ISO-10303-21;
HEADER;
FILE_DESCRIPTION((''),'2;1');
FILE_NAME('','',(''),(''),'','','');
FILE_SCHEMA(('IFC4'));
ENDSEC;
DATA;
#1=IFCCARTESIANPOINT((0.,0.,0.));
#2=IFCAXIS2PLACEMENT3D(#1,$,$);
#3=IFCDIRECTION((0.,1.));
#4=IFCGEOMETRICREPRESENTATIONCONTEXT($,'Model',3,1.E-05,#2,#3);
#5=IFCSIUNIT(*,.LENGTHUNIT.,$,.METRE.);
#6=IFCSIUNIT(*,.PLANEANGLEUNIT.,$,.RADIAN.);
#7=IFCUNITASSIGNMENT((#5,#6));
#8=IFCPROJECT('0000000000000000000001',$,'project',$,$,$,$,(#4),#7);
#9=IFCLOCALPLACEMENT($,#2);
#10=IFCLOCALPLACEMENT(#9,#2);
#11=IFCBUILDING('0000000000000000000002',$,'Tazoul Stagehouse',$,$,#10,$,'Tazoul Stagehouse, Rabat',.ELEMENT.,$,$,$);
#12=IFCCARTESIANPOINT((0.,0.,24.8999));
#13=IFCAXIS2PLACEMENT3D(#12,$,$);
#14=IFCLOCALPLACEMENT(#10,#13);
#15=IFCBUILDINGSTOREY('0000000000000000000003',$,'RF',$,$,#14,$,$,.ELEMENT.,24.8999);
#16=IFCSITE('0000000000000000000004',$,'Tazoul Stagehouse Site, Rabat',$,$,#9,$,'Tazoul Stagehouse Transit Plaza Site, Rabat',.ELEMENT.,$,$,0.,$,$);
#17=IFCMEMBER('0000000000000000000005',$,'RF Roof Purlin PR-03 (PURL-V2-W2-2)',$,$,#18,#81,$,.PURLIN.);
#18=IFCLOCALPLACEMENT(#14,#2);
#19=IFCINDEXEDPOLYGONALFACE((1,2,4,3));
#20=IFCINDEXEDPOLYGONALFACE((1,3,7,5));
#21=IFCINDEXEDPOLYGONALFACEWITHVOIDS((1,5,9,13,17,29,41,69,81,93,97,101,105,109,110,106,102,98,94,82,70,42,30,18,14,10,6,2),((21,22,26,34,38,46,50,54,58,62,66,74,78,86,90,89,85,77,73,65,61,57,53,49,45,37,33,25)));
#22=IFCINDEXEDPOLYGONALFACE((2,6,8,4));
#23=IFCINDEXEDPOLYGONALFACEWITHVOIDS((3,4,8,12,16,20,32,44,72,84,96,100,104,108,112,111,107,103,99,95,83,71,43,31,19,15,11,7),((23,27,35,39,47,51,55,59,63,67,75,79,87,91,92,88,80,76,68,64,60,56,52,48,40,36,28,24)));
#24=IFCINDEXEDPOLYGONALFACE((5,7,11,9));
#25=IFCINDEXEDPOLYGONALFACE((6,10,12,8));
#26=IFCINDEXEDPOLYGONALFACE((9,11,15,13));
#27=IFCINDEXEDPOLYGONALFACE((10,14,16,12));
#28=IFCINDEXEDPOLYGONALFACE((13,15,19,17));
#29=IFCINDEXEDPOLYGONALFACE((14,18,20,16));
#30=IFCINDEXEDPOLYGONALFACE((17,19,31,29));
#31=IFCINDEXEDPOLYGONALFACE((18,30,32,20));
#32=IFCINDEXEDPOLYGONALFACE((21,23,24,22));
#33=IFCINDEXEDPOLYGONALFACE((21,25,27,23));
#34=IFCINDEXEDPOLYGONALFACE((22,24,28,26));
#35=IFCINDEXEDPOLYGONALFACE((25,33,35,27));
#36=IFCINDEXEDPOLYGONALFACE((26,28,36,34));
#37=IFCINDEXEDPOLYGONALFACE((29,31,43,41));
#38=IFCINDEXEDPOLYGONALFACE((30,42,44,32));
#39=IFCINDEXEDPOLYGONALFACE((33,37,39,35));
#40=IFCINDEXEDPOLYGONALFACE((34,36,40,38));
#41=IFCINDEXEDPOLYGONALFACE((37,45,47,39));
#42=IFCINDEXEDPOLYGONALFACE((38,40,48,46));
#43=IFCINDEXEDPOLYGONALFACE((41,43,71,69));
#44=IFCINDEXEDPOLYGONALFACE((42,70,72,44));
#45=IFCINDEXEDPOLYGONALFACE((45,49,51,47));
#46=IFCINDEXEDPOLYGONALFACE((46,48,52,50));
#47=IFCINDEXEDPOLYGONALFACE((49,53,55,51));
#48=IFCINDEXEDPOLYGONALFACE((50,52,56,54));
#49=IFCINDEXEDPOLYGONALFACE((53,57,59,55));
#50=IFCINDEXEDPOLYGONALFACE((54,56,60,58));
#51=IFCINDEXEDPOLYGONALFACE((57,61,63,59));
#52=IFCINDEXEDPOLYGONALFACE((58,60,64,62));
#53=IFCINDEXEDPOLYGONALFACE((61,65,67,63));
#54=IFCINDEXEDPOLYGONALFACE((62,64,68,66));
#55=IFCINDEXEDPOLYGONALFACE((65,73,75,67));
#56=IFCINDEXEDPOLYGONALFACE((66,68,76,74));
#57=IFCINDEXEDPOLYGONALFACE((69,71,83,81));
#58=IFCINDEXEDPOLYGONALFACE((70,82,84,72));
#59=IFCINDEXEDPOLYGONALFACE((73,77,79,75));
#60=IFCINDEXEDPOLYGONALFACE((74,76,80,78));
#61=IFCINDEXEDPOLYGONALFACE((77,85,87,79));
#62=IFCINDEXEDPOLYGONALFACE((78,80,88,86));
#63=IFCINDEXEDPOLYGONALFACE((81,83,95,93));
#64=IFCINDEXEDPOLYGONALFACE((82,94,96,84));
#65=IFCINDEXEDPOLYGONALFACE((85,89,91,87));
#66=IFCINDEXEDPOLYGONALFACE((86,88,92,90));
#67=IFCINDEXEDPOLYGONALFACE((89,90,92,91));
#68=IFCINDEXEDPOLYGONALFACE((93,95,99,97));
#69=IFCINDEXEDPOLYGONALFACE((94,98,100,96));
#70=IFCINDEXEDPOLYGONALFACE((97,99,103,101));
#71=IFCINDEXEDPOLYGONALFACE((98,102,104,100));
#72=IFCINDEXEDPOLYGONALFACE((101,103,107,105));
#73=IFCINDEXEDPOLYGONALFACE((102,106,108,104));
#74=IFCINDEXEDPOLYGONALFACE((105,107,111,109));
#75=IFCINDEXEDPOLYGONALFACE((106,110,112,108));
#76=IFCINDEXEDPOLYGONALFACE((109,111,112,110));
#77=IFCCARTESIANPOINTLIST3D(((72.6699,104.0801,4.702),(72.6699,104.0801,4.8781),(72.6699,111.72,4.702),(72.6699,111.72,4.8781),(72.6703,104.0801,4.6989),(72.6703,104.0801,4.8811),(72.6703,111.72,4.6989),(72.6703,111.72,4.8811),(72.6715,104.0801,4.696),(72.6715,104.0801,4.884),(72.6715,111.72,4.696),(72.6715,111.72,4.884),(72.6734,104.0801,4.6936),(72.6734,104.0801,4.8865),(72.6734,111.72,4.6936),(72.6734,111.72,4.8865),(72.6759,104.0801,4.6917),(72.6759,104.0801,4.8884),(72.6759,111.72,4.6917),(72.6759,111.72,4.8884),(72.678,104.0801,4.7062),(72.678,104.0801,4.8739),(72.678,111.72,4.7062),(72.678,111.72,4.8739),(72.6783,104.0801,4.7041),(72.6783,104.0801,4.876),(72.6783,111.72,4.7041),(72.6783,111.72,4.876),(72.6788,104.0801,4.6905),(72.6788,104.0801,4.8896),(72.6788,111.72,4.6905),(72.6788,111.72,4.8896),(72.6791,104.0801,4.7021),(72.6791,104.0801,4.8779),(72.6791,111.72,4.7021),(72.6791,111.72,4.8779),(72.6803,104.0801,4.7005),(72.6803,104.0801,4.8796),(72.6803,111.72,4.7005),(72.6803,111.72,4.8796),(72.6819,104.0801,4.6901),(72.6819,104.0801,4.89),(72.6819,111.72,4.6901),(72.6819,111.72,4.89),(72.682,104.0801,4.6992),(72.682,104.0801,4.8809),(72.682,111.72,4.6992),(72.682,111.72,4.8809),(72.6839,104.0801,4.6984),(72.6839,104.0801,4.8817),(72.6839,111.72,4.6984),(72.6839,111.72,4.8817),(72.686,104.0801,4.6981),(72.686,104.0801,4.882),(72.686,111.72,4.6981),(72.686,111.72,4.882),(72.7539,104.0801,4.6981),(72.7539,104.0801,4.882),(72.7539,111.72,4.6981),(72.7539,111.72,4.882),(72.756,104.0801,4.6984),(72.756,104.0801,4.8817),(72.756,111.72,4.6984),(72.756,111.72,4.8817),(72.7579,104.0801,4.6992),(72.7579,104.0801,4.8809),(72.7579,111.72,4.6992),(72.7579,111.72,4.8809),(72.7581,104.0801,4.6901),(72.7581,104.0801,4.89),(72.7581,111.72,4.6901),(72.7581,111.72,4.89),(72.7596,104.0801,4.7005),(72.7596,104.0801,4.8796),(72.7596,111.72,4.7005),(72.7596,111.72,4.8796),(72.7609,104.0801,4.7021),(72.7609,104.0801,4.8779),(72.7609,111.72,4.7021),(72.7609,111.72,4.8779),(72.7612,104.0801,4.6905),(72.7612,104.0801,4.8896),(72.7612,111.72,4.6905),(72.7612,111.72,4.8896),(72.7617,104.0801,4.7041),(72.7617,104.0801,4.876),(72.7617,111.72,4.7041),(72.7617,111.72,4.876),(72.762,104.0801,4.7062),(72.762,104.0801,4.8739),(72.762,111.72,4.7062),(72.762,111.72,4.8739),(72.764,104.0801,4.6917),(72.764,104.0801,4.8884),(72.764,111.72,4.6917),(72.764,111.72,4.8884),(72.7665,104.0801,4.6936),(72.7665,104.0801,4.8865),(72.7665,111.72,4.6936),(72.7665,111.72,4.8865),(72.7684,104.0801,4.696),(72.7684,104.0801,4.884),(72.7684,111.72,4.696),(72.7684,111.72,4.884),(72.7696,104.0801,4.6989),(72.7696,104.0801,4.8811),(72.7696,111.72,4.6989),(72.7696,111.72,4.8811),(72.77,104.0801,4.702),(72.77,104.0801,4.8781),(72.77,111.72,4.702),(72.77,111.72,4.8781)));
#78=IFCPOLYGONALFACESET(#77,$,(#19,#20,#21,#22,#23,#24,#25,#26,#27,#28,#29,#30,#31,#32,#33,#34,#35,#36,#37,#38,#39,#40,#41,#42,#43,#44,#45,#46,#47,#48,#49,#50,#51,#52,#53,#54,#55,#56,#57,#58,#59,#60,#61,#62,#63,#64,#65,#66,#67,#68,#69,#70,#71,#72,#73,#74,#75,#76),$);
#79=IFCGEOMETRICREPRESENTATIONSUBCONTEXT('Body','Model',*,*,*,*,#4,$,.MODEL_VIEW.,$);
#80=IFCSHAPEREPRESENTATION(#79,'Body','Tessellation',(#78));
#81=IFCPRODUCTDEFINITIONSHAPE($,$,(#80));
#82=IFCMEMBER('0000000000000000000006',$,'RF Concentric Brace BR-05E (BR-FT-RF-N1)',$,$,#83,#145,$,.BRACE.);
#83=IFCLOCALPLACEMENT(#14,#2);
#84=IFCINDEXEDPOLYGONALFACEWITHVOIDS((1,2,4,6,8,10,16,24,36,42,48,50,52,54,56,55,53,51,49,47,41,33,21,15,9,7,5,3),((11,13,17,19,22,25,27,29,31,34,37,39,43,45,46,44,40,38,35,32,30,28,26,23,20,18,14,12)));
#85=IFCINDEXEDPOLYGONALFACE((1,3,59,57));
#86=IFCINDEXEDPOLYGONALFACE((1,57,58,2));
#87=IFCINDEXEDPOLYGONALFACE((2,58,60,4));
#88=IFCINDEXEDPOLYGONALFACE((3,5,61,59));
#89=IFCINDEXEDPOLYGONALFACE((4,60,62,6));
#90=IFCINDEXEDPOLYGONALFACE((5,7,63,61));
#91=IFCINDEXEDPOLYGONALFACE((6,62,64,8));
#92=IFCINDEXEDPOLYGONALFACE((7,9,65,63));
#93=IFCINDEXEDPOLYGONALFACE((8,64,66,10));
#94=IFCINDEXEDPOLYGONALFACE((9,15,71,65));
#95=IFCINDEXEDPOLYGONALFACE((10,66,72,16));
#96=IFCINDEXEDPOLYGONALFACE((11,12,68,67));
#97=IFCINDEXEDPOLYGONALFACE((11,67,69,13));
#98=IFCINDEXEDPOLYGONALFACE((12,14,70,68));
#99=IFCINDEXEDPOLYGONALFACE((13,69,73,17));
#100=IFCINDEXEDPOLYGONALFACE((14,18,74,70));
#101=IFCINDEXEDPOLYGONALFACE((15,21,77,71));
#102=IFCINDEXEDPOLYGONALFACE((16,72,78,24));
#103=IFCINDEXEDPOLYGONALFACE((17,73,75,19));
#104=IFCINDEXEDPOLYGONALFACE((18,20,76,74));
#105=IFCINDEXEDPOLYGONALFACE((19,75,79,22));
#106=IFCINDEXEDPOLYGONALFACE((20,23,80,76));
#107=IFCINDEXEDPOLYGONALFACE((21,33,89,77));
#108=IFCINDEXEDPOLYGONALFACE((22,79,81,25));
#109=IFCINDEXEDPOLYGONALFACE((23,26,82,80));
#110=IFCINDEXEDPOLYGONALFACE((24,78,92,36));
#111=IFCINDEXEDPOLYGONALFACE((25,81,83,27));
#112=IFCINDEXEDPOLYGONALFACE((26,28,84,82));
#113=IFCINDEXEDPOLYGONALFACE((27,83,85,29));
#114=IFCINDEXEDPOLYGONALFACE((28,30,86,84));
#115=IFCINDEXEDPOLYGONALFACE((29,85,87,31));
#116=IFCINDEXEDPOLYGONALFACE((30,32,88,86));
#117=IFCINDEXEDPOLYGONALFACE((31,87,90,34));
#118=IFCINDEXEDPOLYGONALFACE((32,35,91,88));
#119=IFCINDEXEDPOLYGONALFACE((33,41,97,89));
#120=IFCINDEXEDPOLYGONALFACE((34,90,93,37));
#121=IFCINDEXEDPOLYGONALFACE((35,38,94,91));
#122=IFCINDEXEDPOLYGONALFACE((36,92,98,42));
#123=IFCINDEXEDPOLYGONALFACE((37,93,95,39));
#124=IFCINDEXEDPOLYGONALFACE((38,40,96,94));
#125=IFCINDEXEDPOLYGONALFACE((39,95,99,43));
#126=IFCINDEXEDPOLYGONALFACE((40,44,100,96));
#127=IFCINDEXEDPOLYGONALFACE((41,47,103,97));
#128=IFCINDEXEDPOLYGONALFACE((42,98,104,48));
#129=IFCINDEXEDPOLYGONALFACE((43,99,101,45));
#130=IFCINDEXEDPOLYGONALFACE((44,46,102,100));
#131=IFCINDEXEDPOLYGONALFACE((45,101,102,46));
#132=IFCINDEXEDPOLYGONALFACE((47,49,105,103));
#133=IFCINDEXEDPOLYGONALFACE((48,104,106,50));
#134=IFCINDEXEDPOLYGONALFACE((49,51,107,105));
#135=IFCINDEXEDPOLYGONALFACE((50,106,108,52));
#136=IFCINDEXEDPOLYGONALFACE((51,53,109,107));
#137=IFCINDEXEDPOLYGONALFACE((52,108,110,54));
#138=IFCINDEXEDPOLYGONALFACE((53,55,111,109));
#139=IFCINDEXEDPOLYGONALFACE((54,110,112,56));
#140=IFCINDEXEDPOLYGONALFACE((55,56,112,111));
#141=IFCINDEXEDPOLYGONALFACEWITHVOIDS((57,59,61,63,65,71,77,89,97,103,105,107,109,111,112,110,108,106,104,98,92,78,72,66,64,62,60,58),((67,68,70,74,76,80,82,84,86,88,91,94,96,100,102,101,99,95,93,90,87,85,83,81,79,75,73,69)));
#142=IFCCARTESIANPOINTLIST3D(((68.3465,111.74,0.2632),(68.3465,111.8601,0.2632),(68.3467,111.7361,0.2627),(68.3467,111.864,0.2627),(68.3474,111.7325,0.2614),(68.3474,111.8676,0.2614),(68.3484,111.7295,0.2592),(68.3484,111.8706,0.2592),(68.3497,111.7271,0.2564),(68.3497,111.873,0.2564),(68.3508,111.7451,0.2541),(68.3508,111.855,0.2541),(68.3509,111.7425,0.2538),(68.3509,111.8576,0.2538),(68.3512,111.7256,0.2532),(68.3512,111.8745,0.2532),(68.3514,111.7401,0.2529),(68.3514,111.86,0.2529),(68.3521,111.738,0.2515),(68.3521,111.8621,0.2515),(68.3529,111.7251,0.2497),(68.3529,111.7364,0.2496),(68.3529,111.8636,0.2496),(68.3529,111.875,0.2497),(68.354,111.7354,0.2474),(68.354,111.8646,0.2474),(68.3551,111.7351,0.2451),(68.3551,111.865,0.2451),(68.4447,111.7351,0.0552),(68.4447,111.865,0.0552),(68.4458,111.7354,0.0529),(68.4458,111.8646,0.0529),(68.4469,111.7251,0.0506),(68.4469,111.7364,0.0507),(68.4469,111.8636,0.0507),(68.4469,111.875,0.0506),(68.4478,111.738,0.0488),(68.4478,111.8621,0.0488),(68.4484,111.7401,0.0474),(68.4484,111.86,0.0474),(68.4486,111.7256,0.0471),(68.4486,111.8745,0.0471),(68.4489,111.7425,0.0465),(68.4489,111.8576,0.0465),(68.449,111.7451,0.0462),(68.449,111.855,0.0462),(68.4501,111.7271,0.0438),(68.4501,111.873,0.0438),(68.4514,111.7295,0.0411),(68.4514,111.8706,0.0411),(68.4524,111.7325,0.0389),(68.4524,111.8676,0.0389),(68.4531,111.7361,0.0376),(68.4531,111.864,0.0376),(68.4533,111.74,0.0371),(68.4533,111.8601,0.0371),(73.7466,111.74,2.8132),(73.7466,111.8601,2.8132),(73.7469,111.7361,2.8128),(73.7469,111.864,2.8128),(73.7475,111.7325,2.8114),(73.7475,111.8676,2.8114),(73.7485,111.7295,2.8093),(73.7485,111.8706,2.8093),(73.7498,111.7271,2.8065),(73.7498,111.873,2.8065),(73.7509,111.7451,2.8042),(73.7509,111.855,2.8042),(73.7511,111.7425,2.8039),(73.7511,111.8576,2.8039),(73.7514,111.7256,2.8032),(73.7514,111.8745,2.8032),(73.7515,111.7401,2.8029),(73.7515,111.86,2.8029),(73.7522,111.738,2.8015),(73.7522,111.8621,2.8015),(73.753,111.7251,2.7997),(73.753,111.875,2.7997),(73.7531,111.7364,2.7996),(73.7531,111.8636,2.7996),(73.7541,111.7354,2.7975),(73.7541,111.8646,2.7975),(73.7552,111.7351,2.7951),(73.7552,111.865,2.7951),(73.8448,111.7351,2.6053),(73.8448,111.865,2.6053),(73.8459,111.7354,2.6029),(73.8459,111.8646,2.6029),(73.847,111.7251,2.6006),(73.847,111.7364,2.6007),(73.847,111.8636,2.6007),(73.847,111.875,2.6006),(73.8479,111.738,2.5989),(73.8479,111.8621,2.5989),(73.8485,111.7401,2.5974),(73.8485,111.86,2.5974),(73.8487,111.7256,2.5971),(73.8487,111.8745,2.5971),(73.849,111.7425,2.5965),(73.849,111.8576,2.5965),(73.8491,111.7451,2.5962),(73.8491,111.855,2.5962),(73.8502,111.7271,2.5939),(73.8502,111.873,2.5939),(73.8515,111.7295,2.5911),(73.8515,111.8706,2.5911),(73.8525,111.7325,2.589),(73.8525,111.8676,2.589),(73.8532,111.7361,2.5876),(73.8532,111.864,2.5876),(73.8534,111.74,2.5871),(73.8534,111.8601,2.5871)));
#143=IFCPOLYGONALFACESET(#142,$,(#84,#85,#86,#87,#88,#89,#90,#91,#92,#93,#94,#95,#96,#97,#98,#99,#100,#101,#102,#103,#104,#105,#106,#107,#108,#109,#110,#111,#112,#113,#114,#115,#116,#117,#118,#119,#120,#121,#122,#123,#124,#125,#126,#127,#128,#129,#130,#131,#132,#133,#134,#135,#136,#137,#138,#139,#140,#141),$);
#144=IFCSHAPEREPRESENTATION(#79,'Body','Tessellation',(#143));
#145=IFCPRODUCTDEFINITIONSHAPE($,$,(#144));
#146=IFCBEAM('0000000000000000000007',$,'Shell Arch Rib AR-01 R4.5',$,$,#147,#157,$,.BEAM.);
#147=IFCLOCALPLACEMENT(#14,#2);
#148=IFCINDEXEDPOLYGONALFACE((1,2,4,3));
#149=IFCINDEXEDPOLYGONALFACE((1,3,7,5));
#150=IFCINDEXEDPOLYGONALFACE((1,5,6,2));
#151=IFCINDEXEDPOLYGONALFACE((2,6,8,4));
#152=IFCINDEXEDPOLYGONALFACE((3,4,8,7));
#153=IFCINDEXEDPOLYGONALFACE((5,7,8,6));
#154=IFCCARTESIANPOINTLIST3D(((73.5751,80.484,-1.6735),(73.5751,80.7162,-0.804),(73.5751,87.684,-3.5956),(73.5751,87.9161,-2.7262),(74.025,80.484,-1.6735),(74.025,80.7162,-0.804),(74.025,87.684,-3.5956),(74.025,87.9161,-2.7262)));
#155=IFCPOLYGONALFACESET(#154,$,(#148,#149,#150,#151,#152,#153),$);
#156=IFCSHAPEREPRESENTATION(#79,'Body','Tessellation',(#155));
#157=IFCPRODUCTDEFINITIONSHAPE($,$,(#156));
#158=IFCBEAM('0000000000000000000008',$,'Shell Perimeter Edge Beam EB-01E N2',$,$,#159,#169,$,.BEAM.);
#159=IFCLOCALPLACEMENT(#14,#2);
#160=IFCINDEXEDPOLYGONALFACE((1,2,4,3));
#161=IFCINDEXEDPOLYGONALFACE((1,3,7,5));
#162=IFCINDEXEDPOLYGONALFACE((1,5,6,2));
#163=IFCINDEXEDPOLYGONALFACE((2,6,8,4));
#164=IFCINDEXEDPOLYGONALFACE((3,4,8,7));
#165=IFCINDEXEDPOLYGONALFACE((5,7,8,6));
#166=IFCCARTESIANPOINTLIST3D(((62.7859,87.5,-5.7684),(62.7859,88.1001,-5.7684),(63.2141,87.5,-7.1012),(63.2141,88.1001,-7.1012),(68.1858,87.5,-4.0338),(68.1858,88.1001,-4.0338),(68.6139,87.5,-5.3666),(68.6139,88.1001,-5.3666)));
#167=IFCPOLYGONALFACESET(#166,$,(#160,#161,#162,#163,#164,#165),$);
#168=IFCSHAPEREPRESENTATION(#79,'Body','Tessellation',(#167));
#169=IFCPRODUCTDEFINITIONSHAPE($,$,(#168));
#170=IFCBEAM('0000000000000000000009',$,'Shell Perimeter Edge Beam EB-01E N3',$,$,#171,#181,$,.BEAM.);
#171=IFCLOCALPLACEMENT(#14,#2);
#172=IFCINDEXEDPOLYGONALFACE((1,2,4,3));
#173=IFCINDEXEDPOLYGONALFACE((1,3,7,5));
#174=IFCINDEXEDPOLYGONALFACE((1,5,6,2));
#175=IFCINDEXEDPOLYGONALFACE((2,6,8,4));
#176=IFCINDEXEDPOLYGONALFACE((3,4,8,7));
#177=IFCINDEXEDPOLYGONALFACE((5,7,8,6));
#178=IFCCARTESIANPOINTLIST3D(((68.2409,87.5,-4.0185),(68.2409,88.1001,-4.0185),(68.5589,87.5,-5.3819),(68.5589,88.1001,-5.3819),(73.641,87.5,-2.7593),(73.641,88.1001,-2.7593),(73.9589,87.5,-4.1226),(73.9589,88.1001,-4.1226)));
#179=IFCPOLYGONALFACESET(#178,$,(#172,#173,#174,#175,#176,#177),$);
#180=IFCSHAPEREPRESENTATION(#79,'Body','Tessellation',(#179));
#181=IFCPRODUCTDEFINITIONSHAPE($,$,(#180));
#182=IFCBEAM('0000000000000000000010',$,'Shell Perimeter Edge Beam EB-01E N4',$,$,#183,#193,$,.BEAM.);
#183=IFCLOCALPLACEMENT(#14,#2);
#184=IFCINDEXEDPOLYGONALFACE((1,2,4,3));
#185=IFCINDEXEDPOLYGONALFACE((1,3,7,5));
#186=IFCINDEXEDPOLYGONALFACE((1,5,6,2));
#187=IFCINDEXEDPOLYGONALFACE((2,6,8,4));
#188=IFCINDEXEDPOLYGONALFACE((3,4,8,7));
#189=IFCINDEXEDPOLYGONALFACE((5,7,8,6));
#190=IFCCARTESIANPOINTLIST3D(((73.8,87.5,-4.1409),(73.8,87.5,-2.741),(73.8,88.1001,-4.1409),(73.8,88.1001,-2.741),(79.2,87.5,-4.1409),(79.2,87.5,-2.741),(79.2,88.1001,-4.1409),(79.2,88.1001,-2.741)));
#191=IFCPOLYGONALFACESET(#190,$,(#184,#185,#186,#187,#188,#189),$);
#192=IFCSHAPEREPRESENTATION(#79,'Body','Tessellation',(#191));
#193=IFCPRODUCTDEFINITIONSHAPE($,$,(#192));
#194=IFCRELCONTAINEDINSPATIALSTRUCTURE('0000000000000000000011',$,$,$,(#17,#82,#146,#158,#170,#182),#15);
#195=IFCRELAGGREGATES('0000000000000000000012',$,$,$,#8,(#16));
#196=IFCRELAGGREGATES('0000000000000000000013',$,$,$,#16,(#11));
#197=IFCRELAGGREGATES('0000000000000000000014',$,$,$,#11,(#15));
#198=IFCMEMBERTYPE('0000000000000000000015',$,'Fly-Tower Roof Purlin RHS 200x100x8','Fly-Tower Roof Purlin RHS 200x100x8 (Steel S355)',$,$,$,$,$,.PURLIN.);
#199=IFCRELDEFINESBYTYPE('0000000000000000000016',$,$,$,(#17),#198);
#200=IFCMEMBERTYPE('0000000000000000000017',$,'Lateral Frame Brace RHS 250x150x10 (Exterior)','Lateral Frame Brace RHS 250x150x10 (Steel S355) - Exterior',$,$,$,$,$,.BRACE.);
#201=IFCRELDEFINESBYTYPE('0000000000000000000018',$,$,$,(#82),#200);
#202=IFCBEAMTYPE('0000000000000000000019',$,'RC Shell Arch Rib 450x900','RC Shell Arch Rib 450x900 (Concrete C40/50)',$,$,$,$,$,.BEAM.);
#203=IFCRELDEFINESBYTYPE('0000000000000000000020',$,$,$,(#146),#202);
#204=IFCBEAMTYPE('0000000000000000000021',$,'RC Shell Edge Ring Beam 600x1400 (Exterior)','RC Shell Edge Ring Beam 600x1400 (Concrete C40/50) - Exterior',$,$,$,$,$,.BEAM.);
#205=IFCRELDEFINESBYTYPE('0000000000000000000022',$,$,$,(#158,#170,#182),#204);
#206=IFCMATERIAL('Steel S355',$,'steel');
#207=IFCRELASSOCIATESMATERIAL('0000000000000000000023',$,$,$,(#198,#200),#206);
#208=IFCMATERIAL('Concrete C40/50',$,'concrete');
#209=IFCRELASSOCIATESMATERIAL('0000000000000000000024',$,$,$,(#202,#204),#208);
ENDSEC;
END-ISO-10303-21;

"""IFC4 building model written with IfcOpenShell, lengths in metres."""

from ifc_helpers import new_model, si_unit, direction, frame, origin, origin_2d, place, context, subcontext, project, spatial, rectangle, hollow_rectangle, extrude, material, material_profile, profile_set, type_object, element, save


model = new_model("IFC4")

# Units and contexts
model_context = context("Model", 3, precision=1e-05, world=origin(), true_north=direction((0.0, 1.0)))
body_context = subcontext(model_context, "Body", "Model", "MODEL_VIEW")
ifc_project = project(units=[si_unit("LENGTHUNIT", "METRE"), si_unit("PLANEANGLEUNIT", "RADIAN")], contexts=[model_context])

# Site, building, storey
site_placement = place(None, origin())
site = spatial("IfcSite", under=ifc_project, at=site_placement, Name="Tazoul Stagehouse Site, Rabat", LongName="Tazoul Stagehouse Transit Plaza Site, Rabat", CompositionType="ELEMENT", RefElevation=0.0)
building_placement = place(site_placement, origin())
building = spatial("IfcBuilding", under=site, at=building_placement, Name="Tazoul Stagehouse", LongName="Tazoul Stagehouse, Rabat", CompositionType="ELEMENT")
storey_placement = place(building_placement, frame((0.0, 0.0, 24.8999)))
storey = spatial("IfcBuildingStorey", under=building, at=storey_placement, Name="RF", CompositionType="ELEMENT", Elevation=24.8999)

# Shared definitions
ifc_material_1 = material(Name="Steel S355", Category="steel")

# Members
ifc_material_profile_1 = material_profile(ifc_material_1, hollow_rectangle(XDim=0.1001, YDim=0.2, WallThickness=0.0081, InnerFilletRadius=0.0081, OuterFilletRadius=0.012, at=origin_2d()), Name="RHS 200x100x8")
ifc_profile_set_1 = profile_set([ifc_material_profile_1], Name="Steel S355")
member_type_1 = type_object("IfcMemberType", Name="Fly-Tower Roof Purlin RHS 200x100x8", Description="Fly-Tower Roof Purlin RHS 200x100x8 (Steel S355)", PredefinedType="PURLIN", material=ifc_profile_set_1)
for number, where, z_axis, x_axis, name in (
    (1, (72.72, 104.0801, 4.79), (0.0, 1.0, 0.0), (-1.0, 0.0, 0.0), "RF Roof Purlin PR-03 (PURL-V2-W2-2)"),
):
    element("IfcMember", number, at=place(storey_placement, frame(where, z_axis=z_axis, x_axis=x_axis)), inside=storey, type_object=member_type_1, Name=name, PredefinedType="PURLIN", context=body_context, shape_type="SweptSolid", body=[
        extrude(hollow_rectangle(XDim=0.1001, YDim=0.2, WallThickness=0.0081, InnerFilletRadius=0.0081, OuterFilletRadius=0.012, at=origin_2d()), origin(), (0.0, 0.0, 1.0), 7.6399),
    ])
ifc_material_profile_2 = material_profile(ifc_material_1, hollow_rectangle(XDim=0.1499, YDim=0.25, WallThickness=0.01, InnerFilletRadius=0.01, OuterFilletRadius=0.0149, at=origin_2d()), Name="RHS 250x150x10")
ifc_profile_set_2 = profile_set([ifc_material_profile_2], Name="Steel S355")
member_type_2 = type_object("IfcMemberType", Name="Lateral Frame Brace RHS 250x150x10 (Exterior)", Description="Lateral Frame Brace RHS 250x150x10 (Steel S355) - Exterior", PredefinedType="BRACE", material=ifc_profile_set_2)
member_placement = place(storey_placement, frame((68.3999, 111.8, 0.1501), z_axis=(0.90425, 0.0, 0.427004), x_axis=(0.0, 1.0, 0.0)))
element("IfcMember", 2, at=member_placement, inside=storey, type_object=member_type_2, Name="RF Concentric Brace BR-05E (BR-FT-RF-N1)", PredefinedType="BRACE", context=body_context, shape_type="SweptSolid", body=[
    extrude(hollow_rectangle(XDim=0.1499, YDim=0.25, WallThickness=0.01, InnerFilletRadius=0.01, OuterFilletRadius=0.0149, at=origin_2d()), origin(), (0.0, 0.0, 1.0), 5.9719),
])

# Beams
ifc_material_2 = material(Name="Concrete C40/50", Category="concrete")
ifc_material_profile_3 = material_profile(ifc_material_2, rectangle(XDim=0.45, YDim=0.8999, at=origin_2d()), Name="RC 450x900")
ifc_profile_set_3 = profile_set([ifc_material_profile_3], Name="Concrete C40/50")
beam_type_1 = type_object("IfcBeamType", Name="RC Shell Arch Rib 450x900", Description="RC Shell Arch Rib 450x900 (Concrete C40/50)", PredefinedType="BEAM", material=ifc_profile_set_3)
beam_1_placement = place(storey_placement, frame((73.8, 80.6001, -1.2388), z_axis=(0.0, 0.966164, -0.25793), x_axis=(-1.0, 0.0, 0.0)))
element("IfcBeam", 3, at=beam_1_placement, inside=storey, type_object=beam_type_1, Name="Shell Arch Rib AR-01 R4.5", PredefinedType="BEAM", context=body_context, shape_type="SweptSolid", body=[
    extrude(rectangle(XDim=0.45, YDim=0.8999, at=origin_2d()), origin(), (0.0, 0.0, 1.0), 7.4521),
])
ifc_material_profile_4 = material_profile(ifc_material_2, rectangle(XDim=0.6001, YDim=1.3999, at=origin_2d()), Name="RC 600x1400")
ifc_profile_set_4 = profile_set([ifc_material_profile_4], Name="Concrete C40/50")
beam_type_2 = type_object("IfcBeamType", Name="RC Shell Edge Ring Beam 600x1400 (Exterior)", Description="RC Shell Edge Ring Beam 600x1400 (Concrete C40/50) - Exterior", PredefinedType="BEAM", material=ifc_profile_set_4)
beam_2_placement = place(storey_placement, frame((63.0, 87.8, -6.4348), z_axis=(0.952083, 0.0, 0.305839), x_axis=(0.0, 1.0, 0.0)))
element("IfcBeam", 4, at=beam_2_placement, inside=storey, type_object=beam_type_2, Name="Shell Perimeter Edge Beam EB-01E N2", PredefinedType="BEAM", context=body_context, shape_type="SweptSolid", body=[
    extrude(rectangle(XDim=0.6001, YDim=1.3999, at=origin_2d()), origin(), (0.0, 0.0, 1.0), 5.6716),
])
beam_3_placement = place(storey_placement, frame((68.3999, 87.8, -4.7002), z_axis=(0.973871, 0.0, 0.2271), x_axis=(0.0, 1.0, 0.0)))
element("IfcBeam", 5, at=beam_3_placement, inside=storey, type_object=beam_type_2, Name="Shell Perimeter Edge Beam EB-01E N3", PredefinedType="BEAM", context=body_context, shape_type="SweptSolid", body=[
    extrude(rectangle(XDim=0.6001, YDim=1.3999, at=origin_2d()), origin(), (0.0, 0.0, 1.0), 5.5449),
])
beam_4_placement = place(storey_placement, frame((73.8, 87.8, -3.4409), z_axis=(1.0, 0.0, 0.0), x_axis=(0.0, 1.0, 0.0)))
element("IfcBeam", 6, at=beam_4_placement, inside=storey, type_object=beam_type_2, Name="Shell Perimeter Edge Beam EB-01E N4", PredefinedType="BEAM", context=body_context, shape_type="SweptSolid", body=[
    extrude(rectangle(XDim=0.6001, YDim=1.3999, at=origin_2d()), origin(), (0.0, 0.0, 1.0), 5.3999),
])

save(model, "model.ifc")
